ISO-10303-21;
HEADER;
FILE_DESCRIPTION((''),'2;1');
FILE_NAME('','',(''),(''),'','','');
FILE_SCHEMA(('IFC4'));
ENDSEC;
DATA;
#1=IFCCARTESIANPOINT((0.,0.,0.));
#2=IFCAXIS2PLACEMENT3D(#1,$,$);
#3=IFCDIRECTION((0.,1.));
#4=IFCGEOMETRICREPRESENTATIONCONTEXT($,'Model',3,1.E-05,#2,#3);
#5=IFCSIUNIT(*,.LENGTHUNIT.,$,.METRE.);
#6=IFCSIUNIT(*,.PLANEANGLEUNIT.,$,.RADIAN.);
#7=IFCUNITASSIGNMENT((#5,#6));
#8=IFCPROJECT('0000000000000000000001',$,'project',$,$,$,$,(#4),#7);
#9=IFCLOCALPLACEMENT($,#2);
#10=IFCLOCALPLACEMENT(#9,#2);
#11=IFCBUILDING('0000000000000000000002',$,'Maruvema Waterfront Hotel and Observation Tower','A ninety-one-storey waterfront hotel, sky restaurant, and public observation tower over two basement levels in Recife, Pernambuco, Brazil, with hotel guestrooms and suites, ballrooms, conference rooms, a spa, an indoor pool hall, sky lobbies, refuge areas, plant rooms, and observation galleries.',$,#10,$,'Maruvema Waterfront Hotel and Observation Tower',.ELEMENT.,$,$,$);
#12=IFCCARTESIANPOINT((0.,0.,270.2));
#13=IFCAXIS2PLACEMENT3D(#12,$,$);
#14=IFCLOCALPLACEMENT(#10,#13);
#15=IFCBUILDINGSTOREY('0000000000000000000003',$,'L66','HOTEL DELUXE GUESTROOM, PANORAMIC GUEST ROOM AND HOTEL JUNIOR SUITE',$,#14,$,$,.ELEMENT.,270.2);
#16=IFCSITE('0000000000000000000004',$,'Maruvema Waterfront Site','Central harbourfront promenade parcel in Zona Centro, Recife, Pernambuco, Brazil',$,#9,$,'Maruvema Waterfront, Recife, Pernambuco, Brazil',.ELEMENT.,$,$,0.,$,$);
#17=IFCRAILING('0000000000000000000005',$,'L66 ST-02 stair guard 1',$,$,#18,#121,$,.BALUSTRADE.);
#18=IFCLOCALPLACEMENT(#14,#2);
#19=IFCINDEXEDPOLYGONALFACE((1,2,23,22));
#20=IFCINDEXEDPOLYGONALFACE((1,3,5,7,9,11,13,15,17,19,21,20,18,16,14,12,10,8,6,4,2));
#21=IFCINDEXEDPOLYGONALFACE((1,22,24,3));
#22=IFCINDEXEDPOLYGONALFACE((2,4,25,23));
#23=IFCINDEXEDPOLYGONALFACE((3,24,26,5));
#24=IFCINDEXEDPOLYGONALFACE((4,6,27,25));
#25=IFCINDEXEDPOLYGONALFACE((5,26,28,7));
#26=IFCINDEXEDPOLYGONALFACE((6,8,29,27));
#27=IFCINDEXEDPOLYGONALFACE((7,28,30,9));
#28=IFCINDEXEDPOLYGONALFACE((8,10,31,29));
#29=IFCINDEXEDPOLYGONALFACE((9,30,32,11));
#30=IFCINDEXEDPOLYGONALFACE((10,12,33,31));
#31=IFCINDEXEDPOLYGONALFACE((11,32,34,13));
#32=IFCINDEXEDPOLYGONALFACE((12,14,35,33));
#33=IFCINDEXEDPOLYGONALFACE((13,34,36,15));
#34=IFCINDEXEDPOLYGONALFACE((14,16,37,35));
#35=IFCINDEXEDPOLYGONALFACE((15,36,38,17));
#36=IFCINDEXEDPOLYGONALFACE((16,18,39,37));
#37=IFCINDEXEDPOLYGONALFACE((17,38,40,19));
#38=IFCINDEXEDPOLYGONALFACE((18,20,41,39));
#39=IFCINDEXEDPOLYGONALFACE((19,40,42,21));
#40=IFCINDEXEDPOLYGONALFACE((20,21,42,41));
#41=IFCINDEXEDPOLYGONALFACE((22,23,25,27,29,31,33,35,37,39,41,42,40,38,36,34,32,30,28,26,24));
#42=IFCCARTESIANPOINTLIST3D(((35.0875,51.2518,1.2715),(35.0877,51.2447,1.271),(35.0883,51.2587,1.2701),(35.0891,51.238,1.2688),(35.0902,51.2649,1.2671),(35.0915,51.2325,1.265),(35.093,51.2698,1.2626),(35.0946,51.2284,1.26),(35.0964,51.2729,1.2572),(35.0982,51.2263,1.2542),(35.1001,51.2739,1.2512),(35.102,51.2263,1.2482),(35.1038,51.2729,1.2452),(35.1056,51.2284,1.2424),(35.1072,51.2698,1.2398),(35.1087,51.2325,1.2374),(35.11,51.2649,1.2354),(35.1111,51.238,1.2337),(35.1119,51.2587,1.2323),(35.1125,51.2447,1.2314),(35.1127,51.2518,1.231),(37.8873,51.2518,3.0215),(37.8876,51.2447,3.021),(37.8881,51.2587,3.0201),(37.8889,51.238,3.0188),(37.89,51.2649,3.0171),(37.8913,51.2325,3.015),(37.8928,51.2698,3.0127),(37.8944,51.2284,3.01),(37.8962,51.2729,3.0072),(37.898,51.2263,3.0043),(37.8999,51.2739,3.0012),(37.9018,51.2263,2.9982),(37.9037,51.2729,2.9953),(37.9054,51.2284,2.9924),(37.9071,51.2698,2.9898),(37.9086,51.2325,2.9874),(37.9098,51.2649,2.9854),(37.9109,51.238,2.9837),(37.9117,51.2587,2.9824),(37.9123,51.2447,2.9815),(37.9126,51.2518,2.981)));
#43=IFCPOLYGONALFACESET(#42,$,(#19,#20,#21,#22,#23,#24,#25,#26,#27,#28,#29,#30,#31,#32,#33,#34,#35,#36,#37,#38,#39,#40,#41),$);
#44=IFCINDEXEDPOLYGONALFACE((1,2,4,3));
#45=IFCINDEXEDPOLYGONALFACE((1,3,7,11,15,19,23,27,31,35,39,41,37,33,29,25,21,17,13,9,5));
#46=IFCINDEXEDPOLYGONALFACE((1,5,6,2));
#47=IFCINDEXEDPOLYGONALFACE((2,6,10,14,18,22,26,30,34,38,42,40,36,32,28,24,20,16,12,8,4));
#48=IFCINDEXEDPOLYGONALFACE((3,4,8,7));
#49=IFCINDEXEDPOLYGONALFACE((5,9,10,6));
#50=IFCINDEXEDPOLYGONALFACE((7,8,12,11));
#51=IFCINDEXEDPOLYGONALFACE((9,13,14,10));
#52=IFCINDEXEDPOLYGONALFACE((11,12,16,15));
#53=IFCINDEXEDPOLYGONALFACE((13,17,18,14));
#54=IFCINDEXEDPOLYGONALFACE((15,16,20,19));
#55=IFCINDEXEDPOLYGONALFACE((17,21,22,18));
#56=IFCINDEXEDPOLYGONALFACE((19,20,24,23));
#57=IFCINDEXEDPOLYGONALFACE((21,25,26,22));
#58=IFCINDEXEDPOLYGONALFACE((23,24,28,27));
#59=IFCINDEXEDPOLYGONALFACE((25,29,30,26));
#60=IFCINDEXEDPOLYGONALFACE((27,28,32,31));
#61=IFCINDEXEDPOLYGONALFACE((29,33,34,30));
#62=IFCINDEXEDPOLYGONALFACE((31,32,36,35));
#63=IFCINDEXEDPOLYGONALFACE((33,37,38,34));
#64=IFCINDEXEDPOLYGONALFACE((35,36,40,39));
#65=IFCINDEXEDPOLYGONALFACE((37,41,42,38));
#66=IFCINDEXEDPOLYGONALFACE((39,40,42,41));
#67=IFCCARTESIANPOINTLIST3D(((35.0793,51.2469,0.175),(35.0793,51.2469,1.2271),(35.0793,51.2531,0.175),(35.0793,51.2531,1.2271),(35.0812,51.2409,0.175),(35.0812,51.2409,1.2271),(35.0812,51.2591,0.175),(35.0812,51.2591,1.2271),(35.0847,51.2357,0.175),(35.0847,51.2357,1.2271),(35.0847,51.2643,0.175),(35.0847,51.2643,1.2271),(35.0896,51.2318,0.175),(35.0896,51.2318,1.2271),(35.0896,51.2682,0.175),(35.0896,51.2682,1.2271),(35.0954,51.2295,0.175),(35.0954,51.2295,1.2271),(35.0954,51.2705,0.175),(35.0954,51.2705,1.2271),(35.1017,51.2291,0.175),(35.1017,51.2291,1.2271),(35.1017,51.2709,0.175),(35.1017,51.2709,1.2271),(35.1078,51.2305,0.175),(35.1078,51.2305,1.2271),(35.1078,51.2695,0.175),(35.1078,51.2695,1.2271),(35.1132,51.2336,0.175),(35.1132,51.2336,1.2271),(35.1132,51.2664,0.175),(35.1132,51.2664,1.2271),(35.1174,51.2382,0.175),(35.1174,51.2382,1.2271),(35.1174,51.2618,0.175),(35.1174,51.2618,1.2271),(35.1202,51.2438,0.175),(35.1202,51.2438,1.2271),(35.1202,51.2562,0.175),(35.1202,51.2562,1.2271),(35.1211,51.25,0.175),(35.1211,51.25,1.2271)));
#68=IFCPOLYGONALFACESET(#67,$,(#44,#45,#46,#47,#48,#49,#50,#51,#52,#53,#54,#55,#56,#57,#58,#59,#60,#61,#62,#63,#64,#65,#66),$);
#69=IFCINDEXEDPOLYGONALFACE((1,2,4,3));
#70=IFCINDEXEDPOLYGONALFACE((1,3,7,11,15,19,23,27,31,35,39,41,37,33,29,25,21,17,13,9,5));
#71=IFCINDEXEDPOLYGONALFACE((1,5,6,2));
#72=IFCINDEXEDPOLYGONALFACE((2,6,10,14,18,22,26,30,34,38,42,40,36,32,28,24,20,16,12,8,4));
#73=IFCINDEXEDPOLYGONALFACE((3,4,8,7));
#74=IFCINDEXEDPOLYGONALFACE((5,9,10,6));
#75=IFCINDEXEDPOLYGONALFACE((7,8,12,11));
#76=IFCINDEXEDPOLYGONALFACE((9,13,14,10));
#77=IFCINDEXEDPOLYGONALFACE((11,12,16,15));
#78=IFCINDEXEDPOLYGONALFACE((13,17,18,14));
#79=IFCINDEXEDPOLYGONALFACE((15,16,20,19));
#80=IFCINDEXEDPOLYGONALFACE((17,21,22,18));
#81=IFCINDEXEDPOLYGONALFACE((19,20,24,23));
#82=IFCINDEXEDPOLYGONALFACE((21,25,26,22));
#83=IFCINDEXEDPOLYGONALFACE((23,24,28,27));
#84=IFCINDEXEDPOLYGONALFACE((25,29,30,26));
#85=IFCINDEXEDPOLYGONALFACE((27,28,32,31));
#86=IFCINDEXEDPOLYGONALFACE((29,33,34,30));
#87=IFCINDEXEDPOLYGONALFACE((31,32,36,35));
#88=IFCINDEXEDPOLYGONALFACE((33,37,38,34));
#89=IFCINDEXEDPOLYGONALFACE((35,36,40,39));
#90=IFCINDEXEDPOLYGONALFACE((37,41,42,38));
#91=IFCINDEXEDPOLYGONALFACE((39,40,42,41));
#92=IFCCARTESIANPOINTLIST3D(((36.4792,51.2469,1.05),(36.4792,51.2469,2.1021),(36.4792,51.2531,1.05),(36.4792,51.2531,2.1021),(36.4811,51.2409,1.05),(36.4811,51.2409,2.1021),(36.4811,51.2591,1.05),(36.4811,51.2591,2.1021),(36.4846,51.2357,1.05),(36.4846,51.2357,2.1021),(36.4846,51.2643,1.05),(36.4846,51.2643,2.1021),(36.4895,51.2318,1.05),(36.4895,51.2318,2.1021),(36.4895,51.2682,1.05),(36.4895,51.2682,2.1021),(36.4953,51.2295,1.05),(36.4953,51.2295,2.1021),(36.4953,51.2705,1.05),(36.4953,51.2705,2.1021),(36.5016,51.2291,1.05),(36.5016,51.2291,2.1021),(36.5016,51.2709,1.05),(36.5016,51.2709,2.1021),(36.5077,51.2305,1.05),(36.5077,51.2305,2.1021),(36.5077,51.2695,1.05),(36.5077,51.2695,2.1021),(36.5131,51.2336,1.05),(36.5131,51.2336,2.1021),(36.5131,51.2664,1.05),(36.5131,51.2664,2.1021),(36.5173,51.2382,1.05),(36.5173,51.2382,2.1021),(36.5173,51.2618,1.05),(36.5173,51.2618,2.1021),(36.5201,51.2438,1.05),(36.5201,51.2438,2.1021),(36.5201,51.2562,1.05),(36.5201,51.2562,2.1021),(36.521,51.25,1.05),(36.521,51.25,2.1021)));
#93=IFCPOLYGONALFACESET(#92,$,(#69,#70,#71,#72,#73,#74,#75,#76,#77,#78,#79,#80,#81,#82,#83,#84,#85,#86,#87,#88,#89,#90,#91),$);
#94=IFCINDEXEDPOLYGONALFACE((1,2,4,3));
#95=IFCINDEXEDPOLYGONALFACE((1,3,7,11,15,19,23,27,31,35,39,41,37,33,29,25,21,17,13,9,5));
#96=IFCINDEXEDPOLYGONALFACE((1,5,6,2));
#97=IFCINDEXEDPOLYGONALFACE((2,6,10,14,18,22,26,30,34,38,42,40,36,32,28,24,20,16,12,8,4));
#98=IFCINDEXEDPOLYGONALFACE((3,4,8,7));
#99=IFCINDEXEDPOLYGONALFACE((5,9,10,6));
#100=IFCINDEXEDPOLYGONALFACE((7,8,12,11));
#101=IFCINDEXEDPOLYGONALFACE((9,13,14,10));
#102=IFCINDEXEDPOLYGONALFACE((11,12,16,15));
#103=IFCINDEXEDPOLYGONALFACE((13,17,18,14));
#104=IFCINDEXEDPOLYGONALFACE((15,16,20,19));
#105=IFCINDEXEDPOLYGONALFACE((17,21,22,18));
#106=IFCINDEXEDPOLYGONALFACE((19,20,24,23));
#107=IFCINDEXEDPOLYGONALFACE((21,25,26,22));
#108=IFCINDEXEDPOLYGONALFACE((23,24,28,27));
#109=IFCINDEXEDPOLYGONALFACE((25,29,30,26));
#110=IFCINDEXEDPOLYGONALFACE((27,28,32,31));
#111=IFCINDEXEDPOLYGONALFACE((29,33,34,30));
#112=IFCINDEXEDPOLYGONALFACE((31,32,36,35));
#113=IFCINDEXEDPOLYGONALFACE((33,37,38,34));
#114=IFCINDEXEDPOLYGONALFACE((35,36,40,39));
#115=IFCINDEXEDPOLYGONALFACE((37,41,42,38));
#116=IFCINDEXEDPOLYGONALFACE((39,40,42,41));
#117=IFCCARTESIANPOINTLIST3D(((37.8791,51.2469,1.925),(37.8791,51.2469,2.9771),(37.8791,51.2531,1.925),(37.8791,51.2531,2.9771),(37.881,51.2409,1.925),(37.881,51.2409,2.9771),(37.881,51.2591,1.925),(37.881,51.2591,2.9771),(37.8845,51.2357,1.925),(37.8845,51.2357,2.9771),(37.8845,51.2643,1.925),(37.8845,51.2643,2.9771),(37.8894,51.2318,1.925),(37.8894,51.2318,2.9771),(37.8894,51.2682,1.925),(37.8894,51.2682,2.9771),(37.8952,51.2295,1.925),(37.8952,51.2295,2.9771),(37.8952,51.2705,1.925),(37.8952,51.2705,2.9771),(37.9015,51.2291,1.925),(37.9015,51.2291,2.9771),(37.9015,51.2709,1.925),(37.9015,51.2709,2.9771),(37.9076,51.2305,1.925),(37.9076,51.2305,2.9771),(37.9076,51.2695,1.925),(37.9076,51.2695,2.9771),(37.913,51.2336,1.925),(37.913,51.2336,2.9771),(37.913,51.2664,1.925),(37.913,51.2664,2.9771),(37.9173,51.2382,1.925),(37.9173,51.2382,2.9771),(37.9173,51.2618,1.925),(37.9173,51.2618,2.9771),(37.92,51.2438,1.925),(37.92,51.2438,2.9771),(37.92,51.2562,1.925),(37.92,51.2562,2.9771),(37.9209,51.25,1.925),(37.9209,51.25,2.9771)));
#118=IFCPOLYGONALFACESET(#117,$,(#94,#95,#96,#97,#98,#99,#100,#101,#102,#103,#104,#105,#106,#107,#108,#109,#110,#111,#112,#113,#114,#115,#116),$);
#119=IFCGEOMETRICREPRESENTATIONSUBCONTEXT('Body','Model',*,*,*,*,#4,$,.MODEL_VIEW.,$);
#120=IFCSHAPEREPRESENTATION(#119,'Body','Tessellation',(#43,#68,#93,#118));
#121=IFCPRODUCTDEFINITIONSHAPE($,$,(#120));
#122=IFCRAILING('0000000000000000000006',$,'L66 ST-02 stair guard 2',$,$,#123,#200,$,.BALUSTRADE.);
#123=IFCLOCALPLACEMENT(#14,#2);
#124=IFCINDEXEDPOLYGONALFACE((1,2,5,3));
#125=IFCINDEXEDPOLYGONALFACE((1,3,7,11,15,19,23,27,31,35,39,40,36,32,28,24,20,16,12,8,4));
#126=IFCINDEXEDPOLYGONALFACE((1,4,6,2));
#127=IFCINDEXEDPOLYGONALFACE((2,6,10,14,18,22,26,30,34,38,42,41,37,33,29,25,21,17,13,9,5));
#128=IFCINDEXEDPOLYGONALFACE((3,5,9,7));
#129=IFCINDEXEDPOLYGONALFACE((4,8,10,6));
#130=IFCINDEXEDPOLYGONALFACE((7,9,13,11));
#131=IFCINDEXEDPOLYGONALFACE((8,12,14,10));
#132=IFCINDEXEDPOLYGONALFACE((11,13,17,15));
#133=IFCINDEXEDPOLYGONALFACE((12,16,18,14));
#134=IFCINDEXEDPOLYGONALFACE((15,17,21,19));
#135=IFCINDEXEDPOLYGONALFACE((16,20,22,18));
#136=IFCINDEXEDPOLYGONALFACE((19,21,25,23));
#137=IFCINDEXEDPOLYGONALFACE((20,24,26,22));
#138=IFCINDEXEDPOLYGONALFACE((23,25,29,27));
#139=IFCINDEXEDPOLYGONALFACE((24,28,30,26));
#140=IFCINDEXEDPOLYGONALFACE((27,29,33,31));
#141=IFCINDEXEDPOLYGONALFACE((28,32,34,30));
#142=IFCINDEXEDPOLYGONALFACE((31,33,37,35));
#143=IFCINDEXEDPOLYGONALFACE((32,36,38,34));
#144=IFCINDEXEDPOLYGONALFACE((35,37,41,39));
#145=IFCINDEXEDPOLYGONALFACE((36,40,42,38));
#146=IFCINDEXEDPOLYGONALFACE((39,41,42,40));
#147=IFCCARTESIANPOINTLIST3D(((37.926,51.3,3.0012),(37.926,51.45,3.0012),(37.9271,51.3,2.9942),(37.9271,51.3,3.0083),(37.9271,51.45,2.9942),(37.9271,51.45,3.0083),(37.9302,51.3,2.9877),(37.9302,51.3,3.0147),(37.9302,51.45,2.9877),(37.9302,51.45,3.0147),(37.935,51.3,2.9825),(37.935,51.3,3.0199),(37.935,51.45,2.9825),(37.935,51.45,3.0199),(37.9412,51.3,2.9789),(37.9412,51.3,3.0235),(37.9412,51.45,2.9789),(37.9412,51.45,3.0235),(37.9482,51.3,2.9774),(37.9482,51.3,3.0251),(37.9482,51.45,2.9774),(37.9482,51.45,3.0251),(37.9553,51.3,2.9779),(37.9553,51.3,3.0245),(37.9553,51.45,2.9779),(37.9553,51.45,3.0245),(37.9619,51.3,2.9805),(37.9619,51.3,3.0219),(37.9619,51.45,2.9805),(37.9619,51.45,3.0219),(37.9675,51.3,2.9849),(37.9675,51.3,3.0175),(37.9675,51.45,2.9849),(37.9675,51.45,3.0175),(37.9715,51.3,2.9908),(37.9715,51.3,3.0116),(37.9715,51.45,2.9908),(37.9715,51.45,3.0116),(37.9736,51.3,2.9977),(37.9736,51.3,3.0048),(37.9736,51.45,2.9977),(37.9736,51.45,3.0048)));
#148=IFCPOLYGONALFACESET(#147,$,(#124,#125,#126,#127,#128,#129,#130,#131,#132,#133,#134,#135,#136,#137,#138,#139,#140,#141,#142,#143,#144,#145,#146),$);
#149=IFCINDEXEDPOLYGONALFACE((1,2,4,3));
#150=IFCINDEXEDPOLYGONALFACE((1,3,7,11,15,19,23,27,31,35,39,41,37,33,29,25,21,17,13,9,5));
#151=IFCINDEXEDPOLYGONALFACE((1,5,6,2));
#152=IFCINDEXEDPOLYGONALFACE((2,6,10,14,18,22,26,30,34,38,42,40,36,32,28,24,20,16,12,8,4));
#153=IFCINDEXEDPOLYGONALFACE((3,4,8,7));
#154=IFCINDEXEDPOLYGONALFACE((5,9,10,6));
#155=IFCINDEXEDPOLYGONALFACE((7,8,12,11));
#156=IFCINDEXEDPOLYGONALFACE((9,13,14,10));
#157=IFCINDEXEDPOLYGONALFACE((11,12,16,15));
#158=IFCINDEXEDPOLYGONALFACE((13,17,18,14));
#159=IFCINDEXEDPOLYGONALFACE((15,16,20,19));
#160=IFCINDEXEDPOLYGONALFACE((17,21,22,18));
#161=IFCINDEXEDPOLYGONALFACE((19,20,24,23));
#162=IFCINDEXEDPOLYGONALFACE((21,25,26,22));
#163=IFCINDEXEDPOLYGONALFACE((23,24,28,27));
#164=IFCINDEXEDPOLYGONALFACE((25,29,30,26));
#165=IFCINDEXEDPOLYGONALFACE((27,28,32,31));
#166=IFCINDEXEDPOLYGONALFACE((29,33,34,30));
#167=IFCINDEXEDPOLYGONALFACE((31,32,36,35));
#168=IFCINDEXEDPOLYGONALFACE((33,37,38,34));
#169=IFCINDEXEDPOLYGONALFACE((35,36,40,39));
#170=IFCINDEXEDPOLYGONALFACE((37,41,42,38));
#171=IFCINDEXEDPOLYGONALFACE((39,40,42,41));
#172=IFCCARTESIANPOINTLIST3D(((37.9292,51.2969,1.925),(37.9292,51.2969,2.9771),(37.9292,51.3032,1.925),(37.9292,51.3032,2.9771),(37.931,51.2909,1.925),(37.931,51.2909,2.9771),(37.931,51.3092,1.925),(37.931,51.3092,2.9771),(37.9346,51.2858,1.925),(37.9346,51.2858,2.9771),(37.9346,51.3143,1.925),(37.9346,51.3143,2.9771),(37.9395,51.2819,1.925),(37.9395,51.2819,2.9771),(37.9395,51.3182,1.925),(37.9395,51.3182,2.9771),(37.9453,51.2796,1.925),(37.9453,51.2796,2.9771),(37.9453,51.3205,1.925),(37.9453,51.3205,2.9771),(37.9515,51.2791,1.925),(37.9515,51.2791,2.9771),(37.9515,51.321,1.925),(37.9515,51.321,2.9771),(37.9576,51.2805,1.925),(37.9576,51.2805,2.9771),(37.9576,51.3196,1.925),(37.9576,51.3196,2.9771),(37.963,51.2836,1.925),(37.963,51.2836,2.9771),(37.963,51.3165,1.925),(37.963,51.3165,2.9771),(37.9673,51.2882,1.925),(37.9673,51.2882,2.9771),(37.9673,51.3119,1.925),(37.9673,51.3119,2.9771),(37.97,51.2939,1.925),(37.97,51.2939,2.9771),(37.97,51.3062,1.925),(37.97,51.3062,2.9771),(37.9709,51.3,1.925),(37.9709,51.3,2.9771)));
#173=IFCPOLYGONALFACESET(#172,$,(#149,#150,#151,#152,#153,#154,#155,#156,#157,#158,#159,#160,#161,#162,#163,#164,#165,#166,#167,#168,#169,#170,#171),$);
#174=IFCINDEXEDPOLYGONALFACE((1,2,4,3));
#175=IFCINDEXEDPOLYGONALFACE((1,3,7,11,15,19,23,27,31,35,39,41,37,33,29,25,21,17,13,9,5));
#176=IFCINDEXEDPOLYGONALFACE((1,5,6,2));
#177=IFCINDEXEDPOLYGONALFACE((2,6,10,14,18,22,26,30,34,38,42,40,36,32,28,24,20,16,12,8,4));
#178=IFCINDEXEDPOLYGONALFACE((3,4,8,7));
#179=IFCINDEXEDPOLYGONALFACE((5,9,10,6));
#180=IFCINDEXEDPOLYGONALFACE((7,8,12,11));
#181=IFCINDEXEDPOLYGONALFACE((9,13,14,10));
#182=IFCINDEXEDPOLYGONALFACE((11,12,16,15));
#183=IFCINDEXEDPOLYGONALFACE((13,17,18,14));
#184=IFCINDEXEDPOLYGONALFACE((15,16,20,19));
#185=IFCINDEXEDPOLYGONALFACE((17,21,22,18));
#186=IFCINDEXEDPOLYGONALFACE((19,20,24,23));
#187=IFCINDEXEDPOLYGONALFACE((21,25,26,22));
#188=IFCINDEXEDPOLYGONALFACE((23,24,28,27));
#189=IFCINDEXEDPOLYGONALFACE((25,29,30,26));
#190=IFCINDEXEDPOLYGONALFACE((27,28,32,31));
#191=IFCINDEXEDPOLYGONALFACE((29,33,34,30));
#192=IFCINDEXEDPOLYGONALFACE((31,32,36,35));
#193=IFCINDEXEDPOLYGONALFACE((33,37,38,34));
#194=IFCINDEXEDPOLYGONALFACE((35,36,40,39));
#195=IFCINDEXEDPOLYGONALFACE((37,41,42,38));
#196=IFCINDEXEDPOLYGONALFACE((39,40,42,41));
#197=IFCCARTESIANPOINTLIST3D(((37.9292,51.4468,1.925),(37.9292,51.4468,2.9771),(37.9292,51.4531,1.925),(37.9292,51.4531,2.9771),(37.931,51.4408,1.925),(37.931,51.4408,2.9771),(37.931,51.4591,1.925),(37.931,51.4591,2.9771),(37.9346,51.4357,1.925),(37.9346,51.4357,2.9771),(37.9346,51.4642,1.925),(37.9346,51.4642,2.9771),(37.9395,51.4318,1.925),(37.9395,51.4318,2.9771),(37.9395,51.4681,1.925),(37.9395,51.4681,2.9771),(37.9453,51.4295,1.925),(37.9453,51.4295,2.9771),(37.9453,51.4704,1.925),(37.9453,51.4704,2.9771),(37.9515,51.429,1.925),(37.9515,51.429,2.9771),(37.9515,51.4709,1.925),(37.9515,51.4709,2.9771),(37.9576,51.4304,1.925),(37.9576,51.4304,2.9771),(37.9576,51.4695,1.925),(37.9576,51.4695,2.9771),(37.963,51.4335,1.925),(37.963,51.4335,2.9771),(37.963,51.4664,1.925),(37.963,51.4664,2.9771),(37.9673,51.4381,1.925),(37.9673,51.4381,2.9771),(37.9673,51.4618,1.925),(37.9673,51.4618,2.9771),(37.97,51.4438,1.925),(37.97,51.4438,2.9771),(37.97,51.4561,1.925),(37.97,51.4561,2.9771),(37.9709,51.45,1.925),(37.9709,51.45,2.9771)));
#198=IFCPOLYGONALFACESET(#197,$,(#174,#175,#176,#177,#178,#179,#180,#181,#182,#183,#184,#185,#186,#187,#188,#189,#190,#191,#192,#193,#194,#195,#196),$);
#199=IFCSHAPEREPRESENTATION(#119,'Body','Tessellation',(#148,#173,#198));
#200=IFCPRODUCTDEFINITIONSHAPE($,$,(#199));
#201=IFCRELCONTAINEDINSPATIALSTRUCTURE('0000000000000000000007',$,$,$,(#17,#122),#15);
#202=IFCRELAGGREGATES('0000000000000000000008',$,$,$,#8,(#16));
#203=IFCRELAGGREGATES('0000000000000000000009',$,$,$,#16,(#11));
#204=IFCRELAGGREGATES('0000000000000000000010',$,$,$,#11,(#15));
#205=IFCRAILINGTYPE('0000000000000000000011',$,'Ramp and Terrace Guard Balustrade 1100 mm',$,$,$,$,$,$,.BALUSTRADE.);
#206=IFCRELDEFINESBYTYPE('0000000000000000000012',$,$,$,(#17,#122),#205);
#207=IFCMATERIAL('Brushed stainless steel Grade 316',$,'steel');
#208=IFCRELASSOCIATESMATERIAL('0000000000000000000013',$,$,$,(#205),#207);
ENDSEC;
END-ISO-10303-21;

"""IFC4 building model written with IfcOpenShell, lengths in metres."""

from ifc_helpers import new_model, si_unit, direction, frame, origin, origin_2d, place, context, subcontext, project, spatial, circle, extrude, material, type_object, element, save


model = new_model("IFC4")

# Units and contexts
model_context = context("Model", 3, precision=1e-05, world=origin(), true_north=direction((0.0, 1.0)))
body_context = subcontext(model_context, "Body", "Model", "MODEL_VIEW")
ifc_project = project(units=[si_unit("LENGTHUNIT", "METRE"), si_unit("PLANEANGLEUNIT", "RADIAN")], contexts=[model_context])

# Site, building, storey
site_placement = place(None, origin())
site = spatial("IfcSite", under=ifc_project, at=site_placement, Name="Maruvema Waterfront Site", Description="Central harbourfront promenade parcel in Zona Centro, Recife, Pernambuco, Brazil", LongName="Maruvema Waterfront, Recife, Pernambuco, Brazil", CompositionType="ELEMENT", RefElevation=0.0)
building_placement = place(site_placement, origin())
building = spatial("IfcBuilding", under=site, at=building_placement, Name="Maruvema Waterfront Hotel and Observation Tower", Description="A ninety-one-storey waterfront hotel, sky restaurant, and public observation tower over two basement levels in Recife, Pernambuco, Brazil, with hotel guestrooms and suites, ballrooms, conference rooms, a spa, an indoor pool hall, sky lobbies, refuge areas, plant rooms, and observation galleries.", LongName="Maruvema Waterfront Hotel and Observation Tower", CompositionType="ELEMENT")
storey_placement = place(building_placement, frame((0.0, 0.0, 270.2)))
storey = spatial("IfcBuildingStorey", under=building, at=storey_placement, Name="L66", Description="HOTEL DELUXE GUESTROOM, PANORAMIC GUEST ROOM AND HOTEL JUNIOR SUITE", CompositionType="ELEMENT", Elevation=270.2)

# Railings
ifc_material_1 = material(Name="Brushed stainless steel Grade 316", Category="steel")
railing_type_1 = type_object("IfcRailingType", Name="Ramp and Terrace Guard Balustrade 1100 mm", PredefinedType="BALUSTRADE", material=ifc_material_1)
railing_1_placement = place(storey_placement, frame((35.1001, 51.25, 0.175)))
element("IfcRailing", 1, at=railing_1_placement, inside=storey, type_object=railing_type_1, Name="L66 ST-02 stair guard 1", PredefinedType="BALUSTRADE", context=body_context, shape_type="SweptSolid", body=[
    extrude(circle(Radius=0.0239, at=origin_2d()), frame((0.0, 0.0, 1.0762), z_axis=(0.847982, 0.0, 0.530026), x_axis=(0.0, 1.0, 0.0)), (0.0, 0.0, 1.0), 3.3018),
    extrude(circle(Radius=0.021, at=origin_2d()), origin(), (0.0, 0.0, 1.0), 1.052),
    extrude(circle(Radius=0.021, at=origin_2d()), frame((1.3999, 0.0, 0.875)), (0.0, 0.0, 1.0), 1.052),
    extrude(circle(Radius=0.021, at=origin_2d()), frame((2.7998, 0.0, 1.75)), (0.0, 0.0, 1.0), 1.052),
])
railing_2_placement = place(storey_placement, frame((37.95, 51.3, 1.925)))
element("IfcRailing", 2, at=railing_2_placement, inside=storey, type_object=railing_type_1, Name="L66 ST-02 stair guard 2", PredefinedType="BALUSTRADE", context=body_context, shape_type="SweptSolid", body=[
    extrude(circle(Radius=0.0239, at=origin_2d()), frame((0.0, 0.0, 1.0762), z_axis=(0.0, 1.0, 0.0), x_axis=(-1.0, 0.0, 0.0)), (0.0, 0.0, 1.0), 0.1499),
    extrude(circle(Radius=0.021, at=origin_2d()), origin(), (0.0, 0.0, 1.0), 1.052),
    extrude(circle(Radius=0.021, at=origin_2d()), frame((0.0, 0.1499, 0.0)), (0.0, 0.0, 1.0), 1.052),
])

save(model, "model.ifc")
